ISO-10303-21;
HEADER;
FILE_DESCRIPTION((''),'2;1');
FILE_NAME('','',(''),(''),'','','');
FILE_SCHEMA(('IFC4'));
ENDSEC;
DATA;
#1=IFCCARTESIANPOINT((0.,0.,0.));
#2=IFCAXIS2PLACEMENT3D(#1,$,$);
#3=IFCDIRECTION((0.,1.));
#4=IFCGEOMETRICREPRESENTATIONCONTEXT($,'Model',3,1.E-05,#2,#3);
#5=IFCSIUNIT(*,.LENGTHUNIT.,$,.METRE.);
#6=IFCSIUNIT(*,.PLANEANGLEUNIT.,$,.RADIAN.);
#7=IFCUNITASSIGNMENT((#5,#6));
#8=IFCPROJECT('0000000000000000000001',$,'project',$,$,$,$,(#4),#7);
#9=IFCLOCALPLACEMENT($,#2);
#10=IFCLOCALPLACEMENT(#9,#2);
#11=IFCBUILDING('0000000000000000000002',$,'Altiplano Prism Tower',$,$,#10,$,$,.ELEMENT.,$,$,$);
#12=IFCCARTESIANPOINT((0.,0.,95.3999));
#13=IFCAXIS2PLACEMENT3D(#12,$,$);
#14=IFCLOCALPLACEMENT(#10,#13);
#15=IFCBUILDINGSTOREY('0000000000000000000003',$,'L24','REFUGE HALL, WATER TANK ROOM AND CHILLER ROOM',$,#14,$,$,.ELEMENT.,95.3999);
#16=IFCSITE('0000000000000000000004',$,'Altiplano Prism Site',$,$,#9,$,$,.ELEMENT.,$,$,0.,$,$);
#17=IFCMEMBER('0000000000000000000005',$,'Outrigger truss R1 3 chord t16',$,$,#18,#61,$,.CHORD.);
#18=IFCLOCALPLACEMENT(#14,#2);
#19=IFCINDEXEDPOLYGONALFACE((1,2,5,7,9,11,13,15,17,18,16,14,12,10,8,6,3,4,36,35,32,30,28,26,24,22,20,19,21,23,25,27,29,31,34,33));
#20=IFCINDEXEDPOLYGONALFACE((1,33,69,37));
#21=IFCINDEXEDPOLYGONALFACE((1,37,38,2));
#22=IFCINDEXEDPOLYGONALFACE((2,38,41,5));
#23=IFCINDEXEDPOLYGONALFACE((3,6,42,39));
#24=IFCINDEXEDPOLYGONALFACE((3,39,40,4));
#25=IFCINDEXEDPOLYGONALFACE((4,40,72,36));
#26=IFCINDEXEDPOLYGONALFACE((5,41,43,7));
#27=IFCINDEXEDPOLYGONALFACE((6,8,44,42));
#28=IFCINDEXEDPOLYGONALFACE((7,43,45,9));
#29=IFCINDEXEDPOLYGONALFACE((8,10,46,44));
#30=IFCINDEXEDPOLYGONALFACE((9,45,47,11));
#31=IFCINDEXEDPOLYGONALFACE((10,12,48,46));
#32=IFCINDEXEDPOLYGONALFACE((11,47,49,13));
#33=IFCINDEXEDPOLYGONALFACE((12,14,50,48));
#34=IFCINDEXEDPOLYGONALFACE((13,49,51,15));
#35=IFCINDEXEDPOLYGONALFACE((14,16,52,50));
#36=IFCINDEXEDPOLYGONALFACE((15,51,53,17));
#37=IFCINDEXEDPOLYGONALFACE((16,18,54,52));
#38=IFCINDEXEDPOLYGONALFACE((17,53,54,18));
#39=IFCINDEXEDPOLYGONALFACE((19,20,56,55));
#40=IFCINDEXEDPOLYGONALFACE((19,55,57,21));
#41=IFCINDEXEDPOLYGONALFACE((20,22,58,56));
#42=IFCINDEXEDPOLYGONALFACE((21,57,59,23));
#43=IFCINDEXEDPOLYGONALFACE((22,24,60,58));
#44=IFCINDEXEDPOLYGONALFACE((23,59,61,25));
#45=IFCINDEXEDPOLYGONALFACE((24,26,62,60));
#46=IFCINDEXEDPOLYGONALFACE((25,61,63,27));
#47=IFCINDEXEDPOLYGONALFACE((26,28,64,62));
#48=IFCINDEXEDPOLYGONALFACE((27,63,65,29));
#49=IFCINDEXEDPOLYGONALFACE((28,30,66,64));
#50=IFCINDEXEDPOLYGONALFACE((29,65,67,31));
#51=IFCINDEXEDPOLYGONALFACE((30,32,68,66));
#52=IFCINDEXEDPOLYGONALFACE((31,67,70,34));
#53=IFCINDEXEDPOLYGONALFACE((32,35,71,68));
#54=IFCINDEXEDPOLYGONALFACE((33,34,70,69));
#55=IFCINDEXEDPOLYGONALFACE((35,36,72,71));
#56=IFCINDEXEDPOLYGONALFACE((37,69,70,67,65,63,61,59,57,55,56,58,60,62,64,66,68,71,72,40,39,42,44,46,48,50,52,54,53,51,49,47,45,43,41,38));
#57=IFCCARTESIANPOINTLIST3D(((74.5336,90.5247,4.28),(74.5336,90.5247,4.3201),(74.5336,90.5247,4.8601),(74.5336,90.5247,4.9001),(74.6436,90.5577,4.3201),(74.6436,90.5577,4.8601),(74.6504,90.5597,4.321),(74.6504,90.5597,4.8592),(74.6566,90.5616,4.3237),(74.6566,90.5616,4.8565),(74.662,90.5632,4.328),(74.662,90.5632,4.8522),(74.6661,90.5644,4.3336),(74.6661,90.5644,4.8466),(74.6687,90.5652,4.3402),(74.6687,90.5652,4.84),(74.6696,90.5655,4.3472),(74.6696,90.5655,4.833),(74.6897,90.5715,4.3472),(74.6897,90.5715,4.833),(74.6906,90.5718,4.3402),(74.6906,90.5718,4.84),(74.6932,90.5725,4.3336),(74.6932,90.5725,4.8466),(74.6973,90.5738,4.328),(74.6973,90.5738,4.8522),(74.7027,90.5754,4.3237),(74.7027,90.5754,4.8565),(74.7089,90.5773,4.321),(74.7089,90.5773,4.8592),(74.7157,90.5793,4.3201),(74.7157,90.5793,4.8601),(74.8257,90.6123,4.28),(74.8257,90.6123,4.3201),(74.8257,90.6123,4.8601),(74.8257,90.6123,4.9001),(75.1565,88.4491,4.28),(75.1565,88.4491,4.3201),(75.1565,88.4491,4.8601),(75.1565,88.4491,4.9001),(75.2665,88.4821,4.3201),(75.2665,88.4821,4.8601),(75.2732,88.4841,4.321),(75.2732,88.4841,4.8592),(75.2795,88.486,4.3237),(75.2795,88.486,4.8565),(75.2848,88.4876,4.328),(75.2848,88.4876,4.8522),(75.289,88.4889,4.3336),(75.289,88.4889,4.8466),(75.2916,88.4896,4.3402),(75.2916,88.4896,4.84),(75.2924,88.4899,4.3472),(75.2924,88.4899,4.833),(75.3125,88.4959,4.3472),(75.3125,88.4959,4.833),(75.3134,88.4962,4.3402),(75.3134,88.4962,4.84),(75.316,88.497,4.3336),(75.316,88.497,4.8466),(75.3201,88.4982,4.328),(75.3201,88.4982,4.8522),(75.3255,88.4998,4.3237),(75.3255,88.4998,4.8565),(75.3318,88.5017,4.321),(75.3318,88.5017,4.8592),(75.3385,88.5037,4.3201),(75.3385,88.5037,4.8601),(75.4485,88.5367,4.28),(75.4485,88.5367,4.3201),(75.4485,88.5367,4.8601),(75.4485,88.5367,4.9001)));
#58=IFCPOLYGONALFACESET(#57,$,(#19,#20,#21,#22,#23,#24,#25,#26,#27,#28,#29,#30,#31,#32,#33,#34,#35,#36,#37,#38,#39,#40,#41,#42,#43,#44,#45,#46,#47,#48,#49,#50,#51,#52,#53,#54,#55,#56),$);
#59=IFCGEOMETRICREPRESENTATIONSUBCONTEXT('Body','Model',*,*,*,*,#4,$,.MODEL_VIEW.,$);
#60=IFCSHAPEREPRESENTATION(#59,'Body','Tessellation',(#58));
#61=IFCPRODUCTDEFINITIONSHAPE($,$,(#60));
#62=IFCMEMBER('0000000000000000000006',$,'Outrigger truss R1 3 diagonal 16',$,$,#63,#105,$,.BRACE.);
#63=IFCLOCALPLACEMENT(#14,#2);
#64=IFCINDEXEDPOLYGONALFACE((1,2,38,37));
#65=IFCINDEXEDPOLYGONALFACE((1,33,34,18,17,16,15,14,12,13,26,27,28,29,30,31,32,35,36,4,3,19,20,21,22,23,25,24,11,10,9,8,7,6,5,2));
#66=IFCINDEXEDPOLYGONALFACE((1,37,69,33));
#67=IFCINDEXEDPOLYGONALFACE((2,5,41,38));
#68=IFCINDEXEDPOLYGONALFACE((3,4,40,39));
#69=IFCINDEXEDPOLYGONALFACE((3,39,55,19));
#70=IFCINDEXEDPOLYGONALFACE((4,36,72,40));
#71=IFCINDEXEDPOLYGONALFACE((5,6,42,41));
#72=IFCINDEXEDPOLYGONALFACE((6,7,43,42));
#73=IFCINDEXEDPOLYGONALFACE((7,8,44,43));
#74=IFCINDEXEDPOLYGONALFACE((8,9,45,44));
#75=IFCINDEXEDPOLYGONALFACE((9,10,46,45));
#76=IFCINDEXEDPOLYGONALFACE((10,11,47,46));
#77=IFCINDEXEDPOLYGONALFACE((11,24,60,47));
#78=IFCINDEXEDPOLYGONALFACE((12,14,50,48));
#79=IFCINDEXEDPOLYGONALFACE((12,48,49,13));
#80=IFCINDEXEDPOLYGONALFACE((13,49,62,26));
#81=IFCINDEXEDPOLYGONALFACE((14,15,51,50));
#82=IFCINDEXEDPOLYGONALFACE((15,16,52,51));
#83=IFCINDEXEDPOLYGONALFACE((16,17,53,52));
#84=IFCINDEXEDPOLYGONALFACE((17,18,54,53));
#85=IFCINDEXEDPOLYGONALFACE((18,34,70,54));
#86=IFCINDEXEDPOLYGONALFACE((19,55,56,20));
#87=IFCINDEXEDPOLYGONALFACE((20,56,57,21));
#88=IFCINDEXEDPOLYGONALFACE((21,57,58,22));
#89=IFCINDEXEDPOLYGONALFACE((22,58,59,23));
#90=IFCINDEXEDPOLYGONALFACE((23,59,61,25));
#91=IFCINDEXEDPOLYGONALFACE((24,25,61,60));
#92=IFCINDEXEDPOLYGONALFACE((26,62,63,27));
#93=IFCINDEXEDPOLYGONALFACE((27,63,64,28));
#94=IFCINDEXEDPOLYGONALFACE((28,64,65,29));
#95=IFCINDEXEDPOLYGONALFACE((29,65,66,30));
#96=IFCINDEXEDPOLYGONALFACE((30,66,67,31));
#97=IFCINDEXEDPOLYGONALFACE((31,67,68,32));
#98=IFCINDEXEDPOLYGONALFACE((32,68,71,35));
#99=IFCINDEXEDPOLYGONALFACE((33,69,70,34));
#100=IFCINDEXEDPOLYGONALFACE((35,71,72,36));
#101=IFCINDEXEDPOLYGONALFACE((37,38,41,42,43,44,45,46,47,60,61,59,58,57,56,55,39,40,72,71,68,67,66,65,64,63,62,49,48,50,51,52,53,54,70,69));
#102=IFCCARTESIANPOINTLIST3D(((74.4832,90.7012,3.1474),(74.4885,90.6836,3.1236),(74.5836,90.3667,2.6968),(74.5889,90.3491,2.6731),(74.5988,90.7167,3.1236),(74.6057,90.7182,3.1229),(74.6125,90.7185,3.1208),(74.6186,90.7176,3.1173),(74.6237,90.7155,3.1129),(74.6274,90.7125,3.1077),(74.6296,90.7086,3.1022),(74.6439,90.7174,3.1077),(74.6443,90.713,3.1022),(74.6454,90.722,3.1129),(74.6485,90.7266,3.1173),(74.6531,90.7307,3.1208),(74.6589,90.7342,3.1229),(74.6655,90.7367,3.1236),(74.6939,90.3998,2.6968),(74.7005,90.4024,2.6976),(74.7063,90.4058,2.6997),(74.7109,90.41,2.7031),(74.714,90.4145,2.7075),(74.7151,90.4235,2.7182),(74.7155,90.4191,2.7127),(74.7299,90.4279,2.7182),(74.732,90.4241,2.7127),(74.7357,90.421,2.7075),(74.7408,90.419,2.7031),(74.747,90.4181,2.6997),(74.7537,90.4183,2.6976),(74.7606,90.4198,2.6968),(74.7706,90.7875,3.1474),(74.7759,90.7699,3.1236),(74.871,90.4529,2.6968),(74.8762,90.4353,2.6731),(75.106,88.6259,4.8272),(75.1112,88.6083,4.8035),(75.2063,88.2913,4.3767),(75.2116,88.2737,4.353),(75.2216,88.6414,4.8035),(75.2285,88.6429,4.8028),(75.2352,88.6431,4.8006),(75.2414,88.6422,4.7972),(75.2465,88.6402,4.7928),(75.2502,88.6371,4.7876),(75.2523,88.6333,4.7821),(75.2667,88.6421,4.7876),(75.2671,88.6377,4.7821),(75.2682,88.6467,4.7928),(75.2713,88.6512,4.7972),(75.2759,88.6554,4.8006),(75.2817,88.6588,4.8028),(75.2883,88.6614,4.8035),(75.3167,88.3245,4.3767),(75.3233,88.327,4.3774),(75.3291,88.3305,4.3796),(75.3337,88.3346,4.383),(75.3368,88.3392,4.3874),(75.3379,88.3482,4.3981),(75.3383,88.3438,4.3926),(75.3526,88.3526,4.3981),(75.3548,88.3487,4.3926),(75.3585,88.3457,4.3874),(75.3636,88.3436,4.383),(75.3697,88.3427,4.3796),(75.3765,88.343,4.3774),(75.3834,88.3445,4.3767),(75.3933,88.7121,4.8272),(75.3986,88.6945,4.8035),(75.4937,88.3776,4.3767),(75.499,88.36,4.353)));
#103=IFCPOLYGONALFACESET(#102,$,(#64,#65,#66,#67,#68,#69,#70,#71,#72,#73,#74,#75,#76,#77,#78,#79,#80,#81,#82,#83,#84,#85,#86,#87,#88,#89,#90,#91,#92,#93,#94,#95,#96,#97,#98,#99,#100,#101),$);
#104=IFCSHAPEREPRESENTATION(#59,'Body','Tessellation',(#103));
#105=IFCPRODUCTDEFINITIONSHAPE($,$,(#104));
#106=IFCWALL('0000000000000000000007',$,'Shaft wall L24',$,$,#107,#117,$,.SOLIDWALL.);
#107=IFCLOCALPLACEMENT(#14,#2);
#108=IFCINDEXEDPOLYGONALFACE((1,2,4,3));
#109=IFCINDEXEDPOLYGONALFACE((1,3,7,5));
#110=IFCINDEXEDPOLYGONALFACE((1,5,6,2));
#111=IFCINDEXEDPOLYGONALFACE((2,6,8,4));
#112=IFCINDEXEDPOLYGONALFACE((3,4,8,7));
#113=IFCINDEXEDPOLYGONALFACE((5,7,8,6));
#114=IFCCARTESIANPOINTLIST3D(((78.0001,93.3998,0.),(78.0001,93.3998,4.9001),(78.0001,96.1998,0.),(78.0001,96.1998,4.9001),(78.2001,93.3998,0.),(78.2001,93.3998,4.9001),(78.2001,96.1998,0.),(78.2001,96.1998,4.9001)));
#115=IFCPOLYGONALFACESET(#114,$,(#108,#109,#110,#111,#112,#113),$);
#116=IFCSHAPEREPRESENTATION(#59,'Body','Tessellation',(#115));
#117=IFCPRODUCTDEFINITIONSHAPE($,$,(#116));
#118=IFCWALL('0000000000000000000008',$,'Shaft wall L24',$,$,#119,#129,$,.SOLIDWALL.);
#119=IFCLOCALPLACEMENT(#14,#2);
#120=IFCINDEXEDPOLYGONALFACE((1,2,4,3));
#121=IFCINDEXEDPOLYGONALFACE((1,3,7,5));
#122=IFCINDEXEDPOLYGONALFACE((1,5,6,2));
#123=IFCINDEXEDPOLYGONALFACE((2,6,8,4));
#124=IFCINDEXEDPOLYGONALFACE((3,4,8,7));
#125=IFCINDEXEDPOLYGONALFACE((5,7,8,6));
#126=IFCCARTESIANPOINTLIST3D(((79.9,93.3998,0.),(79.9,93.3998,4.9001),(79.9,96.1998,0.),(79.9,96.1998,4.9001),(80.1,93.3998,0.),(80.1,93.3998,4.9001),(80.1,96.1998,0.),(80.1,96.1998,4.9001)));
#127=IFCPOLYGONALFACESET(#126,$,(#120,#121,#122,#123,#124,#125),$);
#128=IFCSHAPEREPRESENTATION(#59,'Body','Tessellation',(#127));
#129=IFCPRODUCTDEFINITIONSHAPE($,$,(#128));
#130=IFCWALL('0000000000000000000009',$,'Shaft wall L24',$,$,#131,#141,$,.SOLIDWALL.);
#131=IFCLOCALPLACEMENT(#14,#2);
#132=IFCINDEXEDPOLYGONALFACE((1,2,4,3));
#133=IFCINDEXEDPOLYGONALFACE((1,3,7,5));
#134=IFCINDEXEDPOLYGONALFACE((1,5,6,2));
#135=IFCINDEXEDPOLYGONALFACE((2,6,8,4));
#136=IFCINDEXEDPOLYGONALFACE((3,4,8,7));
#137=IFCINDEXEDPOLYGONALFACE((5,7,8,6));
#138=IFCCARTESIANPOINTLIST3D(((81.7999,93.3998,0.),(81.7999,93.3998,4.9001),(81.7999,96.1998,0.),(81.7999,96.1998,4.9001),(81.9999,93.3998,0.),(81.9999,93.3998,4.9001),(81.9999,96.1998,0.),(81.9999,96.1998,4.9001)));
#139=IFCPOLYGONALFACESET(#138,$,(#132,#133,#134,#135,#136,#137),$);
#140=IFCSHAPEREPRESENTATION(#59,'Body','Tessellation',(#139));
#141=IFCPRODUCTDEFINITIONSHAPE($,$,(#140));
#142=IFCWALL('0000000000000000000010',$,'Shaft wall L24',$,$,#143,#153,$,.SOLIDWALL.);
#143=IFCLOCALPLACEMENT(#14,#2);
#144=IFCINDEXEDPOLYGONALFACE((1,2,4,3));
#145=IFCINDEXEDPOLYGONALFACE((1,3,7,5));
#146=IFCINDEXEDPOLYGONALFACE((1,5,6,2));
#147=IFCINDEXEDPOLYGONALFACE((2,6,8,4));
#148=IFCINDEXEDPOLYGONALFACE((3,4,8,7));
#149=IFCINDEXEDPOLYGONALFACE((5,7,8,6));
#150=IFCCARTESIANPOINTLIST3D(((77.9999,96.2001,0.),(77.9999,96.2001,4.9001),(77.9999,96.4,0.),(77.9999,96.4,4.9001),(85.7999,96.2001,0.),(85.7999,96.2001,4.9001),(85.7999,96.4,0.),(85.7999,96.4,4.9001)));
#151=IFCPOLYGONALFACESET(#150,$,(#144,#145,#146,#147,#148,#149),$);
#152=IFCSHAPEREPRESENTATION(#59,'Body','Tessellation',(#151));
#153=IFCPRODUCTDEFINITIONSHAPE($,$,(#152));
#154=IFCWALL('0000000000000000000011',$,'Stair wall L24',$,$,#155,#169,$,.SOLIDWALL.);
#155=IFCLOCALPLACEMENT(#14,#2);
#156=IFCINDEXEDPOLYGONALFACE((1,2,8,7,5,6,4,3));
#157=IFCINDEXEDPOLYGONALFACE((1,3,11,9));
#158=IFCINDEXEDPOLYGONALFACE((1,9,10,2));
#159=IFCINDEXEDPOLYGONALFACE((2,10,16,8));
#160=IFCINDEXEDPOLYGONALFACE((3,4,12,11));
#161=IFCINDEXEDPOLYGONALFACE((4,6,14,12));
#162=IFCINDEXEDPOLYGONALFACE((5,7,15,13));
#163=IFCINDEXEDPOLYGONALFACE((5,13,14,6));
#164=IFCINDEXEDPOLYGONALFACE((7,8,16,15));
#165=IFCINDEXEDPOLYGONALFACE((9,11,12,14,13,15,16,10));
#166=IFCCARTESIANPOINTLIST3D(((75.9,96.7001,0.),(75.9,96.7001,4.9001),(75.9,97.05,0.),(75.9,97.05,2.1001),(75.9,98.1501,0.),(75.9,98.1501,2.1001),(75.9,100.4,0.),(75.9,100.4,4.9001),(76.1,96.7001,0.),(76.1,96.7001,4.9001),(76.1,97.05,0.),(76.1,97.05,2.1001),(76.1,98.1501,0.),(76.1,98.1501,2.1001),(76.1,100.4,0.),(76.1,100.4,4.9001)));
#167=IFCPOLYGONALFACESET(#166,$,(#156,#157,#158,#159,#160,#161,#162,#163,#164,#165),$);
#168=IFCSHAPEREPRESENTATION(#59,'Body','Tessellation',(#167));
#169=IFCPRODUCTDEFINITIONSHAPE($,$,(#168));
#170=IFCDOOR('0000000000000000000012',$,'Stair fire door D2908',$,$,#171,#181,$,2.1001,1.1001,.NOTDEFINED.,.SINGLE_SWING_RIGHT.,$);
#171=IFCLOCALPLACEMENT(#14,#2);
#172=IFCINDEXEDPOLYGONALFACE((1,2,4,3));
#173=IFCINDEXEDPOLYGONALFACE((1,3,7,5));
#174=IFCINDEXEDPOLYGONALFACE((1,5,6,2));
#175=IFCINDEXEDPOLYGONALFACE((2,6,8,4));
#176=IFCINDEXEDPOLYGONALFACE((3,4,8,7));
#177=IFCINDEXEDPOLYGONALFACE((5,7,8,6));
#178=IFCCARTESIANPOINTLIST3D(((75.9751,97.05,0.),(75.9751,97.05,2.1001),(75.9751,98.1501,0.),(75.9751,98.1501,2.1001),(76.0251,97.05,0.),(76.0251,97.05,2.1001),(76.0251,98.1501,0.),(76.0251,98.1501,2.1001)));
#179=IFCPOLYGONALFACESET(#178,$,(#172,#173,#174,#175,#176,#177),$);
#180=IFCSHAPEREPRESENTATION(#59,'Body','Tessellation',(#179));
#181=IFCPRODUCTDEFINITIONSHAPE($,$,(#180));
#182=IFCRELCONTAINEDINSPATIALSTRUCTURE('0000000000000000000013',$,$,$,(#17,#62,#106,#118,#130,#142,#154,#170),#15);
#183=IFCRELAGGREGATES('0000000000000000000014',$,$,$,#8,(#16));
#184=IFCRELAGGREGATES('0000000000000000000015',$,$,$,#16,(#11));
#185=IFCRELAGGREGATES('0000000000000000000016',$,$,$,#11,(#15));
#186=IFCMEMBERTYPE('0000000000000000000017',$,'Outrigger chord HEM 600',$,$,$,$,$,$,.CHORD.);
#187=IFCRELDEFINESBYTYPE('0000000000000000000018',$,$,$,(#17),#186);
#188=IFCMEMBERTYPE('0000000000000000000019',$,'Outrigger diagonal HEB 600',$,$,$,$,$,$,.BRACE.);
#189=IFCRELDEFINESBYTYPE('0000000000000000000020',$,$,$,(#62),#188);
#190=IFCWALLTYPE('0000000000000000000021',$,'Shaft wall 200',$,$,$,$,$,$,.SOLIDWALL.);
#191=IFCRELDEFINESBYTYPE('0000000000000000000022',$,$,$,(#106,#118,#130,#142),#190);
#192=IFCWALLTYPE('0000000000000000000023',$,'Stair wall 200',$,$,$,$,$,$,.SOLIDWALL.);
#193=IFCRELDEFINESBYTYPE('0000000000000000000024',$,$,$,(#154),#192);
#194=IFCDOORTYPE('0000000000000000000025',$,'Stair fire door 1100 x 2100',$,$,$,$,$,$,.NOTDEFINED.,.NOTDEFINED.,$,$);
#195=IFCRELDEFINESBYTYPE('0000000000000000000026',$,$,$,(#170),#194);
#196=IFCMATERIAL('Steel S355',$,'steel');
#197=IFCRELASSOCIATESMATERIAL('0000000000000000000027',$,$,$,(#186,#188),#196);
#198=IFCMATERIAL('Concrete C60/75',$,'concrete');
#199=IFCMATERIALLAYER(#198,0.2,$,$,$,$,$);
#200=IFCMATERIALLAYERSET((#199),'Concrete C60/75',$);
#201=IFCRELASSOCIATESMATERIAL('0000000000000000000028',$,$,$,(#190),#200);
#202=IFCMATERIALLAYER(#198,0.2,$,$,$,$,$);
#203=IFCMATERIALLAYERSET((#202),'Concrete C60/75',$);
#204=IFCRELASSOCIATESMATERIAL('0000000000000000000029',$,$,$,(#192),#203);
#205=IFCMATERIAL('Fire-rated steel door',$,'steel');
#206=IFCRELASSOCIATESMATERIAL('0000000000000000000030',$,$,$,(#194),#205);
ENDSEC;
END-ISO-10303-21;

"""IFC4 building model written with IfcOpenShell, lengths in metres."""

from ifc_helpers import new_model, si_unit, direction, frame, frame_2d, origin, origin_2d, place, context, subcontext, project, spatial, rectangle, i_section, extrude, material, layer, layer_set, material_profile, profile_set, type_object, element, fill, save


model = new_model("IFC4")

# Units and contexts
model_context = context("Model", 3, precision=1e-05, world=origin(), true_north=direction((0.0, 1.0)))
body_context = subcontext(model_context, "Body", "Model", "MODEL_VIEW")
ifc_project = project(units=[si_unit("LENGTHUNIT", "METRE"), si_unit("PLANEANGLEUNIT", "RADIAN")], contexts=[model_context])

# Site, building, storey
site_placement = place(None, origin())
site = spatial("IfcSite", under=ifc_project, at=site_placement, Name="Altiplano Prism Site", CompositionType="ELEMENT", RefElevation=0.0)
building_placement = place(site_placement, origin())
building = spatial("IfcBuilding", under=site, at=building_placement, Name="Altiplano Prism Tower", CompositionType="ELEMENT")
storey_placement = place(building_placement, frame((0.0, 0.0, 95.3999)))
storey = spatial("IfcBuildingStorey", under=building, at=storey_placement, Name="L24", Description="REFUGE HALL, WATER TANK ROOM AND CHILLER ROOM", CompositionType="ELEMENT", Elevation=95.3999)

# Members
ifc_material_1 = material(Name="Steel S355", Category="steel")
ifc_material_profile_1 = material_profile(ifc_material_1, i_section(OverallWidth=0.3049, OverallDepth=0.6201, WebThickness=0.021, FlangeThickness=0.04, FilletRadius=0.0271, at=origin_2d()), Name="Outrigger chord HEM 600")
ifc_profile_set_1 = profile_set([ifc_material_profile_1], Name="Steel S355")
member_type_1 = type_object("IfcMemberType", Name="Outrigger chord HEM 600", PredefinedType="CHORD", material=ifc_profile_set_1)
member_1_placement = place(storey_placement, frame((75.3025, 88.4929, 4.5901), z_axis=(-0.28742, 0.957805, 0.0), x_axis=(-0.957805, -0.28742, 0.0)))
element("IfcMember", 1, at=member_1_placement, inside=storey, type_object=member_type_1, Name="Outrigger truss R1 3 chord t16", PredefinedType="CHORD", context=body_context, shape_type="SweptSolid", body=[
    extrude(i_section(OverallWidth=0.3049, OverallDepth=0.6201, WebThickness=0.021, FlangeThickness=0.04, FilletRadius=0.0271, at=origin_2d()), origin(), (0.0, 0.0, 1.0), 2.167),
])
ifc_material_profile_2 = material_profile(ifc_material_1, i_section(OverallWidth=0.3, OverallDepth=0.6001, WebThickness=0.0154, FlangeThickness=0.03, FilletRadius=0.0271, at=origin_2d()), Name="Outrigger diagonal HEB 600")
ifc_profile_set_2 = profile_set([ifc_material_profile_2], Name="Steel S355")
member_type_2 = type_object("IfcMemberType", Name="Outrigger diagonal HEB 600", PredefinedType="BRACE", material=ifc_profile_set_2)
member_2_placement = place(storey_placement, frame((75.3025, 88.4929, 4.5901), z_axis=(-0.227151, 0.756961, -0.61271), x_axis=(-0.957805, -0.28742, 0.0)))
element("IfcMember", 2, at=member_2_placement, inside=storey, type_object=member_type_2, Name="Outrigger truss R1 3 diagonal 16", PredefinedType="BRACE", context=body_context, shape_type="SweptSolid", body=[
    extrude(i_section(OverallWidth=0.3, OverallDepth=0.6001, WebThickness=0.0154, FlangeThickness=0.03, FilletRadius=0.0271, at=origin_2d()), origin(), (0.0, 0.0, 1.0), 2.7417),
])

# Walls
ifc_material_2 = material(Name="Concrete C60/75", Category="concrete")
ifc_layer_1 = layer(ifc_material_2, 0.2)
ifc_layer_set_1 = layer_set([ifc_layer_1], Name="Concrete C60/75")
wall_type_1 = type_object("IfcWallType", Name="Shaft wall 200", PredefinedType="SOLIDWALL", material=ifc_layer_set_1)
for number, where, z_axis, x_axis, name in (
    (3, (78.1001, 93.3999, 0.0), (0.0, 0.0, 1.0), (0.0, 1.0, 0.0), "Shaft wall L24"),
    (4, (80.0, 93.3999, 0.0), (0.0, 0.0, 1.0), (0.0, 1.0, 0.0), "Shaft wall L24"),
    (5, (81.8999, 93.3999, 0.0), (0.0, 0.0, 1.0), (0.0, 1.0, 0.0), "Shaft wall L24"),
):
    element("IfcWall", number, at=place(storey_placement, frame(where, z_axis=z_axis, x_axis=x_axis)), inside=storey, type_object=wall_type_1, Name=name, PredefinedType="SOLIDWALL", context=body_context, shape_type="SweptSolid", body=[
        extrude(rectangle(XDim=2.8, YDim=0.2, at=frame_2d((1.3999, 0.0))), origin(), (0.0, 0.0, 1.0), 4.9001),
    ])
wall_1_placement = place(storey_placement, frame((78.0, 96.3, 0.0), z_axis=(0.0, 0.0, 1.0), x_axis=(1.0, 0.0, 0.0)))
element("IfcWall", 6, at=wall_1_placement, inside=storey, type_object=wall_type_1, Name="Shaft wall L24", PredefinedType="SOLIDWALL", context=body_context, shape_type="SweptSolid", body=[
    extrude(rectangle(XDim=7.8, YDim=0.2, at=frame_2d((3.8999, 0.0))), origin(), (0.0, 0.0, 1.0), 4.9001),
])

# Wall, opening, door
ifc_layer_2 = layer(ifc_material_2, 0.2)
ifc_layer_set_2 = layer_set([ifc_layer_2], Name="Concrete C60/75")
wall_type_2 = type_object("IfcWallType", Name="Stair wall 200", PredefinedType="SOLIDWALL", material=ifc_layer_set_2)
wall_2_placement = place(storey_placement, frame((76.0, 96.7, 0.0), z_axis=(0.0, 0.0, 1.0), x_axis=(0.0, 1.0, 0.0)))
wall_2 = element("IfcWall", 7, at=wall_2_placement, inside=storey, type_object=wall_type_2, Name="Stair wall L24", PredefinedType="SOLIDWALL", context=body_context, shape_type="SweptSolid", body=[
    extrude(rectangle(XDim=3.7, YDim=0.2, at=frame_2d((1.8501, 0.0))), origin(), (0.0, 0.0, 1.0), 4.9001),
])
opening_1_placement = place(wall_2_placement, frame((0.3501, 0.0, 0.0)))
opening_1 = element("IfcOpeningElement", 8, at=opening_1_placement, cuts=wall_2, PredefinedType="OPENING", context=body_context, shape_type="SweptSolid", body=[
    extrude(rectangle(XDim=1.1001, YDim=2.1001, at=frame_2d((0.55, 1.05))), frame((0.0, 0.1104, 0.0), z_axis=(0.0, -1.0, 0.0), x_axis=(1.0, 0.0, 0.0)), (0.0, 0.0, 1.0), 0.2209),
])
ifc_material_3 = material(Name="Fire-rated steel door", Category="steel")
door_type_1 = type_object("IfcDoorType", Name="Stair fire door 1100 x 2100", OperationType="NOTDEFINED", PredefinedType="NOTDEFINED", material=ifc_material_3)
door_1_placement = place(opening_1_placement, origin())
door_1 = element("IfcDoor", 9, at=door_1_placement, inside=storey, type_object=door_type_1, Name="Stair fire door D2908", OperationType="SINGLE_SWING_RIGHT", OverallHeight=2.1001, OverallWidth=1.1001, PredefinedType="NOTDEFINED", context=body_context, shape_type="SweptSolid", body=[
    extrude(rectangle(XDim=1.1001, YDim=2.1001, at=frame_2d((0.55, 1.05))), frame((0.0, 0.0249, 0.0), z_axis=(0.0, -1.0, 0.0), x_axis=(1.0, 0.0, 0.0)), (0.0, 0.0, 1.0), 0.05),
])
fill(opening_1, door_1)

save(model, "model.ifc")
